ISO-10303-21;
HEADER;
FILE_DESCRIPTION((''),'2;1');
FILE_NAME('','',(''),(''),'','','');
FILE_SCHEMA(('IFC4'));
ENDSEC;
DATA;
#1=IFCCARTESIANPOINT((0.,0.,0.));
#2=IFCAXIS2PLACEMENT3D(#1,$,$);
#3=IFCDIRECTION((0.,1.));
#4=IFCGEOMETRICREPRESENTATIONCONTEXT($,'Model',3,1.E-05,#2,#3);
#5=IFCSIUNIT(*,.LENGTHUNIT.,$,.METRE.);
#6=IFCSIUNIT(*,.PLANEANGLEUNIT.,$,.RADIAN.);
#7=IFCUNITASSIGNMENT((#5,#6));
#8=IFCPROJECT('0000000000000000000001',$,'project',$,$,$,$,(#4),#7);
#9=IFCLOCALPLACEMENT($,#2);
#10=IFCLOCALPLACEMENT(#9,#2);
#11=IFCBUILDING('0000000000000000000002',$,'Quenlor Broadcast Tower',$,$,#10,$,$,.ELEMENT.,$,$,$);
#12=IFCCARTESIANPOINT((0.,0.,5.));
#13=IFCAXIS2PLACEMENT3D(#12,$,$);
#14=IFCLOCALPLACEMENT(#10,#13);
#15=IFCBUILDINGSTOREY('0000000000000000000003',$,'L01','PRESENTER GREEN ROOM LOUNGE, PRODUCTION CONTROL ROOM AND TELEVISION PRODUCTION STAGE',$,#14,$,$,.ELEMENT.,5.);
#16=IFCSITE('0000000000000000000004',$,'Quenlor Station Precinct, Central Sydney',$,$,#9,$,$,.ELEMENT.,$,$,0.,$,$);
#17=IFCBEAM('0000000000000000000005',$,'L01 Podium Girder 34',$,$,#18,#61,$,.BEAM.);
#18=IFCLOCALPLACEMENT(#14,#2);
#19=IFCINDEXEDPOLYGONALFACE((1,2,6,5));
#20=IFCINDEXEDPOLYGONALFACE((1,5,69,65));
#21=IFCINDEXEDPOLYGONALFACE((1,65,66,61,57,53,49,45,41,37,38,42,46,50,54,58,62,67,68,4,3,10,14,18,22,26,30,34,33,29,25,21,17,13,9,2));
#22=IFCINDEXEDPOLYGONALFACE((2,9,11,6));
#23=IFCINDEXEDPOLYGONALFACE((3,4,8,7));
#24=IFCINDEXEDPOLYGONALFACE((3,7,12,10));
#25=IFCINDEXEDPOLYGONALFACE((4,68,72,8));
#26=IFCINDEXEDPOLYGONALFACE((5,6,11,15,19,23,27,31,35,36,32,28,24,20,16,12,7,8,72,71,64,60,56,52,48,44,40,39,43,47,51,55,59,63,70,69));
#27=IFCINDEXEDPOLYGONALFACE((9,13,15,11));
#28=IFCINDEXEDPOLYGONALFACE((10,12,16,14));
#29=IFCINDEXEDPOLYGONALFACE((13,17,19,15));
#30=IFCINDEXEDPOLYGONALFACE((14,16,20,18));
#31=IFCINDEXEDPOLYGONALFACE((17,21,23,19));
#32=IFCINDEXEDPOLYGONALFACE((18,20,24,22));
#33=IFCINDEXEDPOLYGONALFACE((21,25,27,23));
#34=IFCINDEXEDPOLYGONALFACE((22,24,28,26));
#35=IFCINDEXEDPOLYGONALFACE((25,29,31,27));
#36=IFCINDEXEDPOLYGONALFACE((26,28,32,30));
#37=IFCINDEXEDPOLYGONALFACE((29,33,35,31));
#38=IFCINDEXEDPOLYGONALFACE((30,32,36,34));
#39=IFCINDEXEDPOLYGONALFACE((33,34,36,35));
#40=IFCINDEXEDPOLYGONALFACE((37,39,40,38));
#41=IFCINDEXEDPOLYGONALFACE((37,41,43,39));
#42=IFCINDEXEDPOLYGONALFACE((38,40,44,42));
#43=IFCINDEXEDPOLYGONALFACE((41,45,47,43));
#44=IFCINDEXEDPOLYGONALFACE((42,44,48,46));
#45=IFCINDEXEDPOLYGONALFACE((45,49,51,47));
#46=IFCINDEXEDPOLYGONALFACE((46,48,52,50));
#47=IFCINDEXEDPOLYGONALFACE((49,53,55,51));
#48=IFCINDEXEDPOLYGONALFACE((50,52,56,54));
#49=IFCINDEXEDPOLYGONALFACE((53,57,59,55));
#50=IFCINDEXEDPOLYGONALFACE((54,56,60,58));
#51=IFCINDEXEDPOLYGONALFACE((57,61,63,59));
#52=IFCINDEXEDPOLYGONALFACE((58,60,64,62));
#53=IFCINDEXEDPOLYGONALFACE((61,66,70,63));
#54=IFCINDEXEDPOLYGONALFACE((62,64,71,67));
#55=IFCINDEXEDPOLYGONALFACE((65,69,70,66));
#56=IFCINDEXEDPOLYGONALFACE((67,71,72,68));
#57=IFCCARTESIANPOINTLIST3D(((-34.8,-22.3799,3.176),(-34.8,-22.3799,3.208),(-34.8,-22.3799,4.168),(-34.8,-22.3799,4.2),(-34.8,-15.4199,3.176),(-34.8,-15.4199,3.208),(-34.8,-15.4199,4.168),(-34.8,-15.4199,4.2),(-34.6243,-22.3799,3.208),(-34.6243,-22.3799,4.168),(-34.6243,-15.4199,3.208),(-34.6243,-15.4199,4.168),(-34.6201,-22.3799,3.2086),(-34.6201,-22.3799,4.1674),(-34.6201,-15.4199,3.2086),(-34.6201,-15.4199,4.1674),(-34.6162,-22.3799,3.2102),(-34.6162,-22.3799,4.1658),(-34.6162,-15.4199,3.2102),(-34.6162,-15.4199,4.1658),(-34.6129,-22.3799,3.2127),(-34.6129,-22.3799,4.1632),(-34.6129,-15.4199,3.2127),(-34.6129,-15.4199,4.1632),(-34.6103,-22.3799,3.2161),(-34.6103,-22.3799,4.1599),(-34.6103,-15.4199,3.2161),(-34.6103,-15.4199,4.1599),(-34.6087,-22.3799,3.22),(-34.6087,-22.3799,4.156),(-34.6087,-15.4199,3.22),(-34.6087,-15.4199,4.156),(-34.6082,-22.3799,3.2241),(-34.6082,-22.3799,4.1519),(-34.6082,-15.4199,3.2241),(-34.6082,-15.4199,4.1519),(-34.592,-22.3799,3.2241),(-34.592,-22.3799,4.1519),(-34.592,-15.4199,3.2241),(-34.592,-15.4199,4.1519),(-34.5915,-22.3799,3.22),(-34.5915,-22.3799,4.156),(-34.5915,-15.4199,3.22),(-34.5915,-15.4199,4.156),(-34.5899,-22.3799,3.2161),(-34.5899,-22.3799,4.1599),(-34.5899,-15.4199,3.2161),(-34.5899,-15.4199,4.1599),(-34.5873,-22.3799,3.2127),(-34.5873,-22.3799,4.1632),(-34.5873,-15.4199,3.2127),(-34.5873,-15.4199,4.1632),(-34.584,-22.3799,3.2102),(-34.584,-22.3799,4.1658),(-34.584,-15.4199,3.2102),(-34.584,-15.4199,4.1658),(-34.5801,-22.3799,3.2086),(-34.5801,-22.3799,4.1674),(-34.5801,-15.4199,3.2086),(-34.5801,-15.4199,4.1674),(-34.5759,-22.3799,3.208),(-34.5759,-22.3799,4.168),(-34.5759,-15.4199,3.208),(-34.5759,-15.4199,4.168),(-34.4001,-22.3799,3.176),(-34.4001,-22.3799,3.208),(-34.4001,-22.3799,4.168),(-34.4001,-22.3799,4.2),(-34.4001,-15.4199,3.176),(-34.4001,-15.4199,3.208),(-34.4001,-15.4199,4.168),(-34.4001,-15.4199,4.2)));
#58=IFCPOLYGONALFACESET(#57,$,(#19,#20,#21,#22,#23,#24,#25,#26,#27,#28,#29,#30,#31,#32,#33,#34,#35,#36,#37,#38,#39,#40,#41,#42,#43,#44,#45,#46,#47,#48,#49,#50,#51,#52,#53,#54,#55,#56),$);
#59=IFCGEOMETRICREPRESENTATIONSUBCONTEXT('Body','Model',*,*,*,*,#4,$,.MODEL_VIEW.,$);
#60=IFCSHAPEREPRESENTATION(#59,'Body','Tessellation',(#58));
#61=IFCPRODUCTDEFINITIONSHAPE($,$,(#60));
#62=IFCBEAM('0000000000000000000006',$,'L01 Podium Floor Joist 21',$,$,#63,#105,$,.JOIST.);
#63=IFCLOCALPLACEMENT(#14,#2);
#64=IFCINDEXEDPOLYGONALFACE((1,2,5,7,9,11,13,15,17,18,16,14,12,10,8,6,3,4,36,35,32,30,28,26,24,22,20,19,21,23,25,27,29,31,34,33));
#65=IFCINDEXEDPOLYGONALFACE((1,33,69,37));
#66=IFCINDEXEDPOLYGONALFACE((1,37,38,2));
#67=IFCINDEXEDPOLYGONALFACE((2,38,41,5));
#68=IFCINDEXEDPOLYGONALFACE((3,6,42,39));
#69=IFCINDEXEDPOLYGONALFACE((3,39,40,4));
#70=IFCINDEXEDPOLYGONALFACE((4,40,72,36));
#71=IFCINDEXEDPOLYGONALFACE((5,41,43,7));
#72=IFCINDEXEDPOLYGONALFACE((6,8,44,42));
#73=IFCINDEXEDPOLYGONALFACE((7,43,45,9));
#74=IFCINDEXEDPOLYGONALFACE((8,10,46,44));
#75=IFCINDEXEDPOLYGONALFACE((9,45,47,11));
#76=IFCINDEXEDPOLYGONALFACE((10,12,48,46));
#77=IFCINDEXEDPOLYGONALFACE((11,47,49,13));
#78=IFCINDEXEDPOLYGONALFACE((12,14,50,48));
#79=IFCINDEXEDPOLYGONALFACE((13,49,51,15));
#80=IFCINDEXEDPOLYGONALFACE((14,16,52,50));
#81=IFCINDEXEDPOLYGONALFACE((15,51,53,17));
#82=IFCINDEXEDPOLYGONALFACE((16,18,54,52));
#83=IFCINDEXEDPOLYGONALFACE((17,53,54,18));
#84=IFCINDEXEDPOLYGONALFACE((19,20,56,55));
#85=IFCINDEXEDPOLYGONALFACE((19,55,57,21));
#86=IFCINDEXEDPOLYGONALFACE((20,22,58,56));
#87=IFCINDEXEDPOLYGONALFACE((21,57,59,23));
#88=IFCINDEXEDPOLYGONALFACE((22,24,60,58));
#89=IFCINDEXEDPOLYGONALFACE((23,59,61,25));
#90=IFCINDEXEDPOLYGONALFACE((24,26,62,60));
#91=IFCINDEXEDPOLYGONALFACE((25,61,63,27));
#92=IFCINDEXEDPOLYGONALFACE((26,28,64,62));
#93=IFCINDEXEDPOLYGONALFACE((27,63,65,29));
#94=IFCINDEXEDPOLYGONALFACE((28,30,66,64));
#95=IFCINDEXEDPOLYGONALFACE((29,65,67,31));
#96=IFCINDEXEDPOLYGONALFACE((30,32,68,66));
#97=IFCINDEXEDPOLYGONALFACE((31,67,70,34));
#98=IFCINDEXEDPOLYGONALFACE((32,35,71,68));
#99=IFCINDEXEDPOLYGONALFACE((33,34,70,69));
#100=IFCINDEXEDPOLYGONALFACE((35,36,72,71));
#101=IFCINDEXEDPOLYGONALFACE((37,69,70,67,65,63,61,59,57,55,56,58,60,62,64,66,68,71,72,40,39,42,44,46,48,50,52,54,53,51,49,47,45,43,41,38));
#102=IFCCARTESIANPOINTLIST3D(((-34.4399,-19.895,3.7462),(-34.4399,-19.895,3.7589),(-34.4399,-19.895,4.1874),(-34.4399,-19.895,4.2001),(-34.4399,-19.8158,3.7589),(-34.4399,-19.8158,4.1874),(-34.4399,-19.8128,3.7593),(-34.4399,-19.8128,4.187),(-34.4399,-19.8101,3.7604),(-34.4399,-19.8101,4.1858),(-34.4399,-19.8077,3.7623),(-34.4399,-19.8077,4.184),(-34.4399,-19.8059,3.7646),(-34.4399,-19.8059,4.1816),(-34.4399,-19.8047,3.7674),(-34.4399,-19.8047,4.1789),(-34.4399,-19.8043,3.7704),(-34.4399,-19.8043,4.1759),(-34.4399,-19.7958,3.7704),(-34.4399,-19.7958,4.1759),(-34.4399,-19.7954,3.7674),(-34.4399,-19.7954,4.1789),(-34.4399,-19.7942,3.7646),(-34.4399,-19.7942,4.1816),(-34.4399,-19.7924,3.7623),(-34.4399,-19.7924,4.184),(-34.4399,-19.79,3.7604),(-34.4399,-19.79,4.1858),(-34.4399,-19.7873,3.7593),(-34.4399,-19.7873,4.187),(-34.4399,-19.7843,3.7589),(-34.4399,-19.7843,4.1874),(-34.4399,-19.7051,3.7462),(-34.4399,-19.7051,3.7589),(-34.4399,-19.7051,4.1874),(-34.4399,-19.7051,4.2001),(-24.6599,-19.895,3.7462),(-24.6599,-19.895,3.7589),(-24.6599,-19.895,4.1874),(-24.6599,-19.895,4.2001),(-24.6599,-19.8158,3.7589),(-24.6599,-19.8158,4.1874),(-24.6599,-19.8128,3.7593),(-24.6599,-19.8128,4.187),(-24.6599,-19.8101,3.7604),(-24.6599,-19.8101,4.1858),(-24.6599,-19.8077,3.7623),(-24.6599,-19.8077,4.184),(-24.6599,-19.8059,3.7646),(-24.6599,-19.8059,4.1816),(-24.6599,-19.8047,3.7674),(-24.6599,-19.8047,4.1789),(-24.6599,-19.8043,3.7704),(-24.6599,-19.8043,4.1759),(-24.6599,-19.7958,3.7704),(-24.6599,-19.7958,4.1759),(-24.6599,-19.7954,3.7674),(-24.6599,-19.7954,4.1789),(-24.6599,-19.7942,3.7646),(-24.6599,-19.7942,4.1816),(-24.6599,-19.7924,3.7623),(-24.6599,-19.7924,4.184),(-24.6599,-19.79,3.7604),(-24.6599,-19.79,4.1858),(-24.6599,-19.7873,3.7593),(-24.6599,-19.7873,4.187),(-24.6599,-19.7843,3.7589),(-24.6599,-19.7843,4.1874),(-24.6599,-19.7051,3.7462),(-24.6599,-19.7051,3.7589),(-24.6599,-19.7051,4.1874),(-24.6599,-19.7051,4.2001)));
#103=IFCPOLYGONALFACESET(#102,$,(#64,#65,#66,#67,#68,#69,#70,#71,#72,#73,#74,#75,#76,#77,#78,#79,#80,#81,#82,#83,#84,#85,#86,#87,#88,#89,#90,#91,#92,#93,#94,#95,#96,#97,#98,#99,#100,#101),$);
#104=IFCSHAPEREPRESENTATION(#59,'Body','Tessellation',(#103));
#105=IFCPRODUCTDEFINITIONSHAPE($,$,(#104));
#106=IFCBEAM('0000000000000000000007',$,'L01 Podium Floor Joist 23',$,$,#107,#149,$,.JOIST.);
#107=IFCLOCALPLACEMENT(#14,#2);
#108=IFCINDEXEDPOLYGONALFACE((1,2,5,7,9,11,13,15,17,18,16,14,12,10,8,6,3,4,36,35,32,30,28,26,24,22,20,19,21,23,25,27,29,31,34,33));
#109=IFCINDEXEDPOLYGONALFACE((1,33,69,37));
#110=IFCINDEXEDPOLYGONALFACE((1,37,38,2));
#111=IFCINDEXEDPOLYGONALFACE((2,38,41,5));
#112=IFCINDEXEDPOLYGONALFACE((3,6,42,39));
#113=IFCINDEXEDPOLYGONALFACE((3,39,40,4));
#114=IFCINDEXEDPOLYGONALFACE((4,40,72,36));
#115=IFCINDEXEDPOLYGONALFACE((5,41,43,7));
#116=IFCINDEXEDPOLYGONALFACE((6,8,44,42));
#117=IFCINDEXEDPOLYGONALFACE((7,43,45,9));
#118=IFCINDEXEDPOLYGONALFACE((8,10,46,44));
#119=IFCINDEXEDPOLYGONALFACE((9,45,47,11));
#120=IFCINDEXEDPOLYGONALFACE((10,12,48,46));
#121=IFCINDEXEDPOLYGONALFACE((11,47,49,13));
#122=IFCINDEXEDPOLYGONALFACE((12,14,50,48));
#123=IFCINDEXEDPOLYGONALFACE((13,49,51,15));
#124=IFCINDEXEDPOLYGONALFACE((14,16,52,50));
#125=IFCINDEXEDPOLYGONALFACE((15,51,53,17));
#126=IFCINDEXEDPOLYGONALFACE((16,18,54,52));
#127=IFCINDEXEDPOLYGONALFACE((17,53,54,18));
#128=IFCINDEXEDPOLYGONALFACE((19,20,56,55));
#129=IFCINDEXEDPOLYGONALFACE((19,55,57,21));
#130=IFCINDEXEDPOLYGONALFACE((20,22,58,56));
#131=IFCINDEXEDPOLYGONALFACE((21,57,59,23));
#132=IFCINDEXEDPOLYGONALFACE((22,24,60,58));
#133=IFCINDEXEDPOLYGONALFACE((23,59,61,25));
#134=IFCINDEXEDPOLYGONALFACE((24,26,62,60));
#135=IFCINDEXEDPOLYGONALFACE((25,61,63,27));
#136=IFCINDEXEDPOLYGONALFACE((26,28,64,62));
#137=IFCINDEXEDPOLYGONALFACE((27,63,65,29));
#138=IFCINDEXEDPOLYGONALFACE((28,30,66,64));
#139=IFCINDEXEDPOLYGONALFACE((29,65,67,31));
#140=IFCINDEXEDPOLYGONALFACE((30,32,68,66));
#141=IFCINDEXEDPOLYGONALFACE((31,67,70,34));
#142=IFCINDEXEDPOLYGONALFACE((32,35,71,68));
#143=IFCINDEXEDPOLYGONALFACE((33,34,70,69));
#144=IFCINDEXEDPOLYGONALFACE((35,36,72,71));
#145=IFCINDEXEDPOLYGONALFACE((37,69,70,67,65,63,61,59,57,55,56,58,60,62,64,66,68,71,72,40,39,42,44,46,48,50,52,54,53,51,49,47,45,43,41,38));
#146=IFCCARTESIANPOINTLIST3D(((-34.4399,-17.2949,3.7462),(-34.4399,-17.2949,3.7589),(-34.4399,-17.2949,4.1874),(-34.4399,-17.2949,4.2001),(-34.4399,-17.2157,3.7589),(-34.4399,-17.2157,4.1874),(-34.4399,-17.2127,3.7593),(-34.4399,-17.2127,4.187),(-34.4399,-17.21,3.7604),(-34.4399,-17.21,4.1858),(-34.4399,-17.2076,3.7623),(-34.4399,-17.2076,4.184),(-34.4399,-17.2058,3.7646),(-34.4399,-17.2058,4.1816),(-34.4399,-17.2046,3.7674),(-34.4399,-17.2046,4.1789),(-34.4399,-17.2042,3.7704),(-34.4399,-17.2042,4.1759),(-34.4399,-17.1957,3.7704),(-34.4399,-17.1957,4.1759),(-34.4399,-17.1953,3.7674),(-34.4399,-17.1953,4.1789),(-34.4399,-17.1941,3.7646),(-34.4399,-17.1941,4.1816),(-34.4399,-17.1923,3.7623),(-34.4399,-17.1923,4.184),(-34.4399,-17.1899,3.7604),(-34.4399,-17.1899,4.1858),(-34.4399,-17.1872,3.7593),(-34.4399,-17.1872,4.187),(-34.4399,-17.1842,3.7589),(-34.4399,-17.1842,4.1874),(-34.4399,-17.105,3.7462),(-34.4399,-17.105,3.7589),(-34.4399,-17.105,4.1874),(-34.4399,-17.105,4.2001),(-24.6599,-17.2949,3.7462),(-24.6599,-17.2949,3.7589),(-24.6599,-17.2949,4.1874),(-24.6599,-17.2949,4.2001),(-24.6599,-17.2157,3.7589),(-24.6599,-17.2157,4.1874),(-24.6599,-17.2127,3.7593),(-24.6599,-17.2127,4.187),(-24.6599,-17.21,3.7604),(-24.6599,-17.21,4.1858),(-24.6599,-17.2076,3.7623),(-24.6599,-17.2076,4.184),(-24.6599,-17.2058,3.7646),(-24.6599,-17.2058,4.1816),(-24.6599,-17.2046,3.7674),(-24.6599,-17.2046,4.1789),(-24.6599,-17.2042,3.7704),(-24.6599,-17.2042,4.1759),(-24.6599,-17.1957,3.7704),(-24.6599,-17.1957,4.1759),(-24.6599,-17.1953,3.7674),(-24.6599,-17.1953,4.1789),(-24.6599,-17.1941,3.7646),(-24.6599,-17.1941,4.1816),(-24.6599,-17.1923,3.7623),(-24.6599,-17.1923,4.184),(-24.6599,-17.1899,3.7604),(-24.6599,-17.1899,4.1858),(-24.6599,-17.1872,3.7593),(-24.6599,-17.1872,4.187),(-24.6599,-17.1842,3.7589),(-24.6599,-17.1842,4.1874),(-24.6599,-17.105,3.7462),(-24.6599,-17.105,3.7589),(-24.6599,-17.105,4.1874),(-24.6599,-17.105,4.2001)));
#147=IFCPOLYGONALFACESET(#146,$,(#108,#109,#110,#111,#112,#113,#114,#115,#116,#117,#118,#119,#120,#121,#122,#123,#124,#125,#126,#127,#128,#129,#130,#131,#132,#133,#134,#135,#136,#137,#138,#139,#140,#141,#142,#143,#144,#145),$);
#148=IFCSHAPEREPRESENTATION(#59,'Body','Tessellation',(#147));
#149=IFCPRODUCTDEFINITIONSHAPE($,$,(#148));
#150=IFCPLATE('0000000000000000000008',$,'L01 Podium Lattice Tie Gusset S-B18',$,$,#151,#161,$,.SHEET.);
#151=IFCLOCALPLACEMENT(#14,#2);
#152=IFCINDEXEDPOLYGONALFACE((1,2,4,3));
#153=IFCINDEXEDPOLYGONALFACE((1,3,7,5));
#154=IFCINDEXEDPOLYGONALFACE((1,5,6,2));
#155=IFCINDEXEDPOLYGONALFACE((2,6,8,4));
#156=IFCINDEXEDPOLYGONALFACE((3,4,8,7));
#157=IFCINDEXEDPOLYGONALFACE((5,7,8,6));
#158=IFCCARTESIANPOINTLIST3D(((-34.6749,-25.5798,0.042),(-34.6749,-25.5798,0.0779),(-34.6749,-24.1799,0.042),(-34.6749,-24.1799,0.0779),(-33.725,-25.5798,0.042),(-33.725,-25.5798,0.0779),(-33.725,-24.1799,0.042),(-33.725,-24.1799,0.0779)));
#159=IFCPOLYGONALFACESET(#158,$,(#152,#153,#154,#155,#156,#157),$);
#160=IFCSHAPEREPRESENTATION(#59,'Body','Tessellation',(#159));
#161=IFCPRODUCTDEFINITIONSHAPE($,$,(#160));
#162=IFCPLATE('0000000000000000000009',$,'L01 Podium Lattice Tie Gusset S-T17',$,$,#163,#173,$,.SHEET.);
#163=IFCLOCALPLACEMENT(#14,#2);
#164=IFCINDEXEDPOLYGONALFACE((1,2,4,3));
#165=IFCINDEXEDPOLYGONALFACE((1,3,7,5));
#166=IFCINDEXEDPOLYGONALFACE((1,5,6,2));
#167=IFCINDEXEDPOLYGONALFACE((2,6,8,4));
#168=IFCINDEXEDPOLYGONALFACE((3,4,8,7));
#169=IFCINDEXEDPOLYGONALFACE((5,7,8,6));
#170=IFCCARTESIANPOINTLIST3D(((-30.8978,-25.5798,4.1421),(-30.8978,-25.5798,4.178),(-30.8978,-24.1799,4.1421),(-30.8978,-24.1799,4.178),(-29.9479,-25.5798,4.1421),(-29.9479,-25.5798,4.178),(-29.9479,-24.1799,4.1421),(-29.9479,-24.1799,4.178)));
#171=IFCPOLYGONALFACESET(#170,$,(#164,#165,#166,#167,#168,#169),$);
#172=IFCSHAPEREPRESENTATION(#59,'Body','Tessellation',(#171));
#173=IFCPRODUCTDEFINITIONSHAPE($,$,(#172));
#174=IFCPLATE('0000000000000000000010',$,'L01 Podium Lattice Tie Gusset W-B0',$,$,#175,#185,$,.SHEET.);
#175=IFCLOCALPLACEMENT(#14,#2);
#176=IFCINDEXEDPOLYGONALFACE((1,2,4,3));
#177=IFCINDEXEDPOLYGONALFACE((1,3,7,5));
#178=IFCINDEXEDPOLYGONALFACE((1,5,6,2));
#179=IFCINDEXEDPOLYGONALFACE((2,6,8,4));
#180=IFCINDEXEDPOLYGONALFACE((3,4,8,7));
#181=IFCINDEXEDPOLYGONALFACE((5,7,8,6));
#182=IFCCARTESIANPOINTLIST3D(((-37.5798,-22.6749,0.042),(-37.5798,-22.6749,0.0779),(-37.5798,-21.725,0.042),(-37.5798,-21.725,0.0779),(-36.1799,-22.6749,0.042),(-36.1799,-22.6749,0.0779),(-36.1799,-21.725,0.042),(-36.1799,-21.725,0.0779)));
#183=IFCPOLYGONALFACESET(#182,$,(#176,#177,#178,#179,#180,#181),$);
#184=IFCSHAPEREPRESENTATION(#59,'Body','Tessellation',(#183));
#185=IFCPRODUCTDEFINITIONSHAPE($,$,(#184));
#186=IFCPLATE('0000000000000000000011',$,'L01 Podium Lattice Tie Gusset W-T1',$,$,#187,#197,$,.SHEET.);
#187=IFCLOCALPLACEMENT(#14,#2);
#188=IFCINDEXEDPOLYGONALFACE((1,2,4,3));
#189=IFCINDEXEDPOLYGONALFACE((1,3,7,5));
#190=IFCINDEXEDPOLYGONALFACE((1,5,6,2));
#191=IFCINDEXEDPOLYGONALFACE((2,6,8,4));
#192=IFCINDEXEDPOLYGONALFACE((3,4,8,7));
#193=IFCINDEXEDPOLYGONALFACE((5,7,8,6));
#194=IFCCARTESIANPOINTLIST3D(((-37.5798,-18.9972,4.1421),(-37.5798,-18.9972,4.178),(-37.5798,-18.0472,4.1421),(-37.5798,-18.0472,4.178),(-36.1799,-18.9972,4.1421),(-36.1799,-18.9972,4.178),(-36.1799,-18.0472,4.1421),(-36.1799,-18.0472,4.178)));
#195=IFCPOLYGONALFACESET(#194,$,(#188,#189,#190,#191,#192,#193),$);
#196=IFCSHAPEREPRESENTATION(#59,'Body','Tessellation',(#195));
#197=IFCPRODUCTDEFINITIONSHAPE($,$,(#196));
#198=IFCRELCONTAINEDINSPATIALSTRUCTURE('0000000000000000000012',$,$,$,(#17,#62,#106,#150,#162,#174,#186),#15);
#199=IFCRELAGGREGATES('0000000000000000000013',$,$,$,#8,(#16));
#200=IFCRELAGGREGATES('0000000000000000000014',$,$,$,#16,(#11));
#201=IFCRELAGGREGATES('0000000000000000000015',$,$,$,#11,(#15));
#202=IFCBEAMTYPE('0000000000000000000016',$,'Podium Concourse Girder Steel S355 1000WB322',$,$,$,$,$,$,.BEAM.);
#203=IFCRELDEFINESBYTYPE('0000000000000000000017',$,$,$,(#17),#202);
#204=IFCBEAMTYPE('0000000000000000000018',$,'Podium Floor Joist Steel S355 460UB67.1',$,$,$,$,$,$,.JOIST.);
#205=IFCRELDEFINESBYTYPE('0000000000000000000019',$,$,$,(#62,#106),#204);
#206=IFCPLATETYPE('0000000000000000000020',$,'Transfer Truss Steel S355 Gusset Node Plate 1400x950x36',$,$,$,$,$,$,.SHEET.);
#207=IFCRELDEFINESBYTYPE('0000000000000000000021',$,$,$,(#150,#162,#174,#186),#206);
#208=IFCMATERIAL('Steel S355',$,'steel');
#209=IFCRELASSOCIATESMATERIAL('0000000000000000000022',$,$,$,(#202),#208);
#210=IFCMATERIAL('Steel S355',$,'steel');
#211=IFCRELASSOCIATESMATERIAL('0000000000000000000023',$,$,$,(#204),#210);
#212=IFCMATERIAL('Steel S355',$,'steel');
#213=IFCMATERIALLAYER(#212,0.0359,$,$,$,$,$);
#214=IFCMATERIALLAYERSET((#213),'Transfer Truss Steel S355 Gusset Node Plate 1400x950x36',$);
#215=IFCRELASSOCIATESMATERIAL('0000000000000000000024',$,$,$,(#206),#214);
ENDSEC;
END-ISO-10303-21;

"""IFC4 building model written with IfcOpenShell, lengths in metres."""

from ifc_helpers import new_model, si_unit, direction, frame, origin, origin_2d, place, context, subcontext, project, spatial, rectangle, i_section, extrude, material, layer, layer_set, material_profile, profile_set, type_object, element, save


model = new_model("IFC4")

# Units and contexts
model_context = context("Model", 3, precision=1e-05, world=origin(), true_north=direction((0.0, 1.0)))
body_context = subcontext(model_context, "Body", "Model", "MODEL_VIEW")
ifc_project = project(units=[si_unit("LENGTHUNIT", "METRE"), si_unit("PLANEANGLEUNIT", "RADIAN")], contexts=[model_context])

# Site, building, storey
site_placement = place(None, origin())
site = spatial("IfcSite", under=ifc_project, at=site_placement, Name="Quenlor Station Precinct, Central Sydney", CompositionType="ELEMENT", RefElevation=0.0)
building_placement = place(site_placement, origin())
building = spatial("IfcBuilding", under=site, at=building_placement, Name="Quenlor Broadcast Tower", CompositionType="ELEMENT")
storey_placement = place(building_placement, frame((0.0, 0.0, 5.0)))
storey = spatial("IfcBuildingStorey", under=building, at=storey_placement, Name="L01", Description="PRESENTER GREEN ROOM LOUNGE, PRODUCTION CONTROL ROOM AND TELEVISION PRODUCTION STAGE", CompositionType="ELEMENT", Elevation=5.0)

# Beams
ifc_material_1 = material(Name="Steel S355", Category="steel")
ifc_material_profile_1 = material_profile(ifc_material_1, i_section(OverallWidth=0.3999, OverallDepth=1.0239, WebThickness=0.0161, FlangeThickness=0.032, FilletRadius=0.0161, at=origin_2d()))
ifc_profile_set_1 = profile_set([ifc_material_profile_1], Name="Steel S355 1000WB322")
beam_type_1 = type_object("IfcBeamType", Name="Podium Concourse Girder Steel S355 1000WB322", PredefinedType="BEAM", material=ifc_profile_set_1)
beam_1_placement = place(storey_placement, frame((-34.6001, -22.3799, 3.688), z_axis=(0.0, 1.0, 0.0), x_axis=(-1.0, 0.0, 0.0)))
element("IfcBeam", 1, at=beam_1_placement, inside=storey, type_object=beam_type_1, Name="L01 Podium Girder 34", PredefinedType="BEAM", context=body_context, shape_type="SweptSolid", body=[
    extrude(i_section(OverallWidth=0.3999, OverallDepth=1.0239, WebThickness=0.0161, FlangeThickness=0.032, FilletRadius=0.0161, at=origin_2d()), origin(), (0.0, 0.0, 1.0), 6.96),
])
ifc_material_2 = material(Name="Steel S355", Category="steel")
ifc_material_profile_2 = material_profile(ifc_material_2, i_section(OverallWidth=0.1899, OverallDepth=0.4539, WebThickness=0.0085, FlangeThickness=0.0127, FilletRadius=0.0115, at=origin_2d()))
ifc_profile_set_2 = profile_set([ifc_material_profile_2], Name="Steel S355 460UB67.1")
beam_type_2 = type_object("IfcBeamType", Name="Podium Floor Joist Steel S355 460UB67.1", PredefinedType="JOIST", material=ifc_profile_set_2)
for number, where, z_axis, x_axis, name in (
    (2, (-34.4399, -19.8, 3.9731), (1.0, 0.0, 0.0), (0.0, 1.0, 0.0), "L01 Podium Floor Joist 21"),
    (3, (-34.4399, -17.2, 3.9731), (1.0, 0.0, 0.0), (0.0, 1.0, 0.0), "L01 Podium Floor Joist 23"),
):
    element("IfcBeam", number, at=place(storey_placement, frame(where, z_axis=z_axis, x_axis=x_axis)), inside=storey, type_object=beam_type_2, Name=name, PredefinedType="JOIST", context=body_context, shape_type="SweptSolid", body=[
        extrude(i_section(OverallWidth=0.1899, OverallDepth=0.4539, WebThickness=0.0085, FlangeThickness=0.0127, FilletRadius=0.0115, at=origin_2d()), origin(), (0.0, 0.0, 1.0), 9.78),
    ])

# Plates
ifc_material_3 = material(Name="Steel S355", Category="steel")
ifc_layer_1 = layer(ifc_material_3, 0.0359)
ifc_layer_set_1 = layer_set([ifc_layer_1], Name="Transfer Truss Steel S355 Gusset Node Plate 1400x950x36")
plate_type = type_object("IfcPlateType", Name="Transfer Truss Steel S355 Gusset Node Plate 1400x950x36", PredefinedType="SHEET", material=ifc_layer_set_1)
for number, where, z_axis, x_axis, name in (
    (4, (-34.2, -24.8799, 0.042), (0.0, 0.0, 1.0), (0.0, -1.0, 0.0), "L01 Podium Lattice Tie Gusset S-B18"),
    (5, (-30.4229, -24.8799, 4.1421), (0.0, 0.0, 1.0), (0.0, -1.0, 0.0), "L01 Podium Lattice Tie Gusset S-T17"),
    (6, (-36.8799, -22.2, 0.042), (0.0, 0.0, 1.0), (-1.0, 0.0, 0.0), "L01 Podium Lattice Tie Gusset W-B0"),
    (7, (-36.8799, -18.5222, 4.1421), (0.0, 0.0, 1.0), (-1.0, 0.0, 0.0), "L01 Podium Lattice Tie Gusset W-T1"),
):
    element("IfcPlate", number, at=place(storey_placement, frame(where, z_axis=z_axis, x_axis=x_axis)), inside=storey, type_object=plate_type, Name=name, PredefinedType="SHEET", context=body_context, shape_type="SweptSolid", body=[
        extrude(rectangle(XDim=1.3999, YDim=0.95, at=origin_2d()), origin(), (0.0, 0.0, 1.0), 0.0359),
    ])

save(model, "model.ifc")
